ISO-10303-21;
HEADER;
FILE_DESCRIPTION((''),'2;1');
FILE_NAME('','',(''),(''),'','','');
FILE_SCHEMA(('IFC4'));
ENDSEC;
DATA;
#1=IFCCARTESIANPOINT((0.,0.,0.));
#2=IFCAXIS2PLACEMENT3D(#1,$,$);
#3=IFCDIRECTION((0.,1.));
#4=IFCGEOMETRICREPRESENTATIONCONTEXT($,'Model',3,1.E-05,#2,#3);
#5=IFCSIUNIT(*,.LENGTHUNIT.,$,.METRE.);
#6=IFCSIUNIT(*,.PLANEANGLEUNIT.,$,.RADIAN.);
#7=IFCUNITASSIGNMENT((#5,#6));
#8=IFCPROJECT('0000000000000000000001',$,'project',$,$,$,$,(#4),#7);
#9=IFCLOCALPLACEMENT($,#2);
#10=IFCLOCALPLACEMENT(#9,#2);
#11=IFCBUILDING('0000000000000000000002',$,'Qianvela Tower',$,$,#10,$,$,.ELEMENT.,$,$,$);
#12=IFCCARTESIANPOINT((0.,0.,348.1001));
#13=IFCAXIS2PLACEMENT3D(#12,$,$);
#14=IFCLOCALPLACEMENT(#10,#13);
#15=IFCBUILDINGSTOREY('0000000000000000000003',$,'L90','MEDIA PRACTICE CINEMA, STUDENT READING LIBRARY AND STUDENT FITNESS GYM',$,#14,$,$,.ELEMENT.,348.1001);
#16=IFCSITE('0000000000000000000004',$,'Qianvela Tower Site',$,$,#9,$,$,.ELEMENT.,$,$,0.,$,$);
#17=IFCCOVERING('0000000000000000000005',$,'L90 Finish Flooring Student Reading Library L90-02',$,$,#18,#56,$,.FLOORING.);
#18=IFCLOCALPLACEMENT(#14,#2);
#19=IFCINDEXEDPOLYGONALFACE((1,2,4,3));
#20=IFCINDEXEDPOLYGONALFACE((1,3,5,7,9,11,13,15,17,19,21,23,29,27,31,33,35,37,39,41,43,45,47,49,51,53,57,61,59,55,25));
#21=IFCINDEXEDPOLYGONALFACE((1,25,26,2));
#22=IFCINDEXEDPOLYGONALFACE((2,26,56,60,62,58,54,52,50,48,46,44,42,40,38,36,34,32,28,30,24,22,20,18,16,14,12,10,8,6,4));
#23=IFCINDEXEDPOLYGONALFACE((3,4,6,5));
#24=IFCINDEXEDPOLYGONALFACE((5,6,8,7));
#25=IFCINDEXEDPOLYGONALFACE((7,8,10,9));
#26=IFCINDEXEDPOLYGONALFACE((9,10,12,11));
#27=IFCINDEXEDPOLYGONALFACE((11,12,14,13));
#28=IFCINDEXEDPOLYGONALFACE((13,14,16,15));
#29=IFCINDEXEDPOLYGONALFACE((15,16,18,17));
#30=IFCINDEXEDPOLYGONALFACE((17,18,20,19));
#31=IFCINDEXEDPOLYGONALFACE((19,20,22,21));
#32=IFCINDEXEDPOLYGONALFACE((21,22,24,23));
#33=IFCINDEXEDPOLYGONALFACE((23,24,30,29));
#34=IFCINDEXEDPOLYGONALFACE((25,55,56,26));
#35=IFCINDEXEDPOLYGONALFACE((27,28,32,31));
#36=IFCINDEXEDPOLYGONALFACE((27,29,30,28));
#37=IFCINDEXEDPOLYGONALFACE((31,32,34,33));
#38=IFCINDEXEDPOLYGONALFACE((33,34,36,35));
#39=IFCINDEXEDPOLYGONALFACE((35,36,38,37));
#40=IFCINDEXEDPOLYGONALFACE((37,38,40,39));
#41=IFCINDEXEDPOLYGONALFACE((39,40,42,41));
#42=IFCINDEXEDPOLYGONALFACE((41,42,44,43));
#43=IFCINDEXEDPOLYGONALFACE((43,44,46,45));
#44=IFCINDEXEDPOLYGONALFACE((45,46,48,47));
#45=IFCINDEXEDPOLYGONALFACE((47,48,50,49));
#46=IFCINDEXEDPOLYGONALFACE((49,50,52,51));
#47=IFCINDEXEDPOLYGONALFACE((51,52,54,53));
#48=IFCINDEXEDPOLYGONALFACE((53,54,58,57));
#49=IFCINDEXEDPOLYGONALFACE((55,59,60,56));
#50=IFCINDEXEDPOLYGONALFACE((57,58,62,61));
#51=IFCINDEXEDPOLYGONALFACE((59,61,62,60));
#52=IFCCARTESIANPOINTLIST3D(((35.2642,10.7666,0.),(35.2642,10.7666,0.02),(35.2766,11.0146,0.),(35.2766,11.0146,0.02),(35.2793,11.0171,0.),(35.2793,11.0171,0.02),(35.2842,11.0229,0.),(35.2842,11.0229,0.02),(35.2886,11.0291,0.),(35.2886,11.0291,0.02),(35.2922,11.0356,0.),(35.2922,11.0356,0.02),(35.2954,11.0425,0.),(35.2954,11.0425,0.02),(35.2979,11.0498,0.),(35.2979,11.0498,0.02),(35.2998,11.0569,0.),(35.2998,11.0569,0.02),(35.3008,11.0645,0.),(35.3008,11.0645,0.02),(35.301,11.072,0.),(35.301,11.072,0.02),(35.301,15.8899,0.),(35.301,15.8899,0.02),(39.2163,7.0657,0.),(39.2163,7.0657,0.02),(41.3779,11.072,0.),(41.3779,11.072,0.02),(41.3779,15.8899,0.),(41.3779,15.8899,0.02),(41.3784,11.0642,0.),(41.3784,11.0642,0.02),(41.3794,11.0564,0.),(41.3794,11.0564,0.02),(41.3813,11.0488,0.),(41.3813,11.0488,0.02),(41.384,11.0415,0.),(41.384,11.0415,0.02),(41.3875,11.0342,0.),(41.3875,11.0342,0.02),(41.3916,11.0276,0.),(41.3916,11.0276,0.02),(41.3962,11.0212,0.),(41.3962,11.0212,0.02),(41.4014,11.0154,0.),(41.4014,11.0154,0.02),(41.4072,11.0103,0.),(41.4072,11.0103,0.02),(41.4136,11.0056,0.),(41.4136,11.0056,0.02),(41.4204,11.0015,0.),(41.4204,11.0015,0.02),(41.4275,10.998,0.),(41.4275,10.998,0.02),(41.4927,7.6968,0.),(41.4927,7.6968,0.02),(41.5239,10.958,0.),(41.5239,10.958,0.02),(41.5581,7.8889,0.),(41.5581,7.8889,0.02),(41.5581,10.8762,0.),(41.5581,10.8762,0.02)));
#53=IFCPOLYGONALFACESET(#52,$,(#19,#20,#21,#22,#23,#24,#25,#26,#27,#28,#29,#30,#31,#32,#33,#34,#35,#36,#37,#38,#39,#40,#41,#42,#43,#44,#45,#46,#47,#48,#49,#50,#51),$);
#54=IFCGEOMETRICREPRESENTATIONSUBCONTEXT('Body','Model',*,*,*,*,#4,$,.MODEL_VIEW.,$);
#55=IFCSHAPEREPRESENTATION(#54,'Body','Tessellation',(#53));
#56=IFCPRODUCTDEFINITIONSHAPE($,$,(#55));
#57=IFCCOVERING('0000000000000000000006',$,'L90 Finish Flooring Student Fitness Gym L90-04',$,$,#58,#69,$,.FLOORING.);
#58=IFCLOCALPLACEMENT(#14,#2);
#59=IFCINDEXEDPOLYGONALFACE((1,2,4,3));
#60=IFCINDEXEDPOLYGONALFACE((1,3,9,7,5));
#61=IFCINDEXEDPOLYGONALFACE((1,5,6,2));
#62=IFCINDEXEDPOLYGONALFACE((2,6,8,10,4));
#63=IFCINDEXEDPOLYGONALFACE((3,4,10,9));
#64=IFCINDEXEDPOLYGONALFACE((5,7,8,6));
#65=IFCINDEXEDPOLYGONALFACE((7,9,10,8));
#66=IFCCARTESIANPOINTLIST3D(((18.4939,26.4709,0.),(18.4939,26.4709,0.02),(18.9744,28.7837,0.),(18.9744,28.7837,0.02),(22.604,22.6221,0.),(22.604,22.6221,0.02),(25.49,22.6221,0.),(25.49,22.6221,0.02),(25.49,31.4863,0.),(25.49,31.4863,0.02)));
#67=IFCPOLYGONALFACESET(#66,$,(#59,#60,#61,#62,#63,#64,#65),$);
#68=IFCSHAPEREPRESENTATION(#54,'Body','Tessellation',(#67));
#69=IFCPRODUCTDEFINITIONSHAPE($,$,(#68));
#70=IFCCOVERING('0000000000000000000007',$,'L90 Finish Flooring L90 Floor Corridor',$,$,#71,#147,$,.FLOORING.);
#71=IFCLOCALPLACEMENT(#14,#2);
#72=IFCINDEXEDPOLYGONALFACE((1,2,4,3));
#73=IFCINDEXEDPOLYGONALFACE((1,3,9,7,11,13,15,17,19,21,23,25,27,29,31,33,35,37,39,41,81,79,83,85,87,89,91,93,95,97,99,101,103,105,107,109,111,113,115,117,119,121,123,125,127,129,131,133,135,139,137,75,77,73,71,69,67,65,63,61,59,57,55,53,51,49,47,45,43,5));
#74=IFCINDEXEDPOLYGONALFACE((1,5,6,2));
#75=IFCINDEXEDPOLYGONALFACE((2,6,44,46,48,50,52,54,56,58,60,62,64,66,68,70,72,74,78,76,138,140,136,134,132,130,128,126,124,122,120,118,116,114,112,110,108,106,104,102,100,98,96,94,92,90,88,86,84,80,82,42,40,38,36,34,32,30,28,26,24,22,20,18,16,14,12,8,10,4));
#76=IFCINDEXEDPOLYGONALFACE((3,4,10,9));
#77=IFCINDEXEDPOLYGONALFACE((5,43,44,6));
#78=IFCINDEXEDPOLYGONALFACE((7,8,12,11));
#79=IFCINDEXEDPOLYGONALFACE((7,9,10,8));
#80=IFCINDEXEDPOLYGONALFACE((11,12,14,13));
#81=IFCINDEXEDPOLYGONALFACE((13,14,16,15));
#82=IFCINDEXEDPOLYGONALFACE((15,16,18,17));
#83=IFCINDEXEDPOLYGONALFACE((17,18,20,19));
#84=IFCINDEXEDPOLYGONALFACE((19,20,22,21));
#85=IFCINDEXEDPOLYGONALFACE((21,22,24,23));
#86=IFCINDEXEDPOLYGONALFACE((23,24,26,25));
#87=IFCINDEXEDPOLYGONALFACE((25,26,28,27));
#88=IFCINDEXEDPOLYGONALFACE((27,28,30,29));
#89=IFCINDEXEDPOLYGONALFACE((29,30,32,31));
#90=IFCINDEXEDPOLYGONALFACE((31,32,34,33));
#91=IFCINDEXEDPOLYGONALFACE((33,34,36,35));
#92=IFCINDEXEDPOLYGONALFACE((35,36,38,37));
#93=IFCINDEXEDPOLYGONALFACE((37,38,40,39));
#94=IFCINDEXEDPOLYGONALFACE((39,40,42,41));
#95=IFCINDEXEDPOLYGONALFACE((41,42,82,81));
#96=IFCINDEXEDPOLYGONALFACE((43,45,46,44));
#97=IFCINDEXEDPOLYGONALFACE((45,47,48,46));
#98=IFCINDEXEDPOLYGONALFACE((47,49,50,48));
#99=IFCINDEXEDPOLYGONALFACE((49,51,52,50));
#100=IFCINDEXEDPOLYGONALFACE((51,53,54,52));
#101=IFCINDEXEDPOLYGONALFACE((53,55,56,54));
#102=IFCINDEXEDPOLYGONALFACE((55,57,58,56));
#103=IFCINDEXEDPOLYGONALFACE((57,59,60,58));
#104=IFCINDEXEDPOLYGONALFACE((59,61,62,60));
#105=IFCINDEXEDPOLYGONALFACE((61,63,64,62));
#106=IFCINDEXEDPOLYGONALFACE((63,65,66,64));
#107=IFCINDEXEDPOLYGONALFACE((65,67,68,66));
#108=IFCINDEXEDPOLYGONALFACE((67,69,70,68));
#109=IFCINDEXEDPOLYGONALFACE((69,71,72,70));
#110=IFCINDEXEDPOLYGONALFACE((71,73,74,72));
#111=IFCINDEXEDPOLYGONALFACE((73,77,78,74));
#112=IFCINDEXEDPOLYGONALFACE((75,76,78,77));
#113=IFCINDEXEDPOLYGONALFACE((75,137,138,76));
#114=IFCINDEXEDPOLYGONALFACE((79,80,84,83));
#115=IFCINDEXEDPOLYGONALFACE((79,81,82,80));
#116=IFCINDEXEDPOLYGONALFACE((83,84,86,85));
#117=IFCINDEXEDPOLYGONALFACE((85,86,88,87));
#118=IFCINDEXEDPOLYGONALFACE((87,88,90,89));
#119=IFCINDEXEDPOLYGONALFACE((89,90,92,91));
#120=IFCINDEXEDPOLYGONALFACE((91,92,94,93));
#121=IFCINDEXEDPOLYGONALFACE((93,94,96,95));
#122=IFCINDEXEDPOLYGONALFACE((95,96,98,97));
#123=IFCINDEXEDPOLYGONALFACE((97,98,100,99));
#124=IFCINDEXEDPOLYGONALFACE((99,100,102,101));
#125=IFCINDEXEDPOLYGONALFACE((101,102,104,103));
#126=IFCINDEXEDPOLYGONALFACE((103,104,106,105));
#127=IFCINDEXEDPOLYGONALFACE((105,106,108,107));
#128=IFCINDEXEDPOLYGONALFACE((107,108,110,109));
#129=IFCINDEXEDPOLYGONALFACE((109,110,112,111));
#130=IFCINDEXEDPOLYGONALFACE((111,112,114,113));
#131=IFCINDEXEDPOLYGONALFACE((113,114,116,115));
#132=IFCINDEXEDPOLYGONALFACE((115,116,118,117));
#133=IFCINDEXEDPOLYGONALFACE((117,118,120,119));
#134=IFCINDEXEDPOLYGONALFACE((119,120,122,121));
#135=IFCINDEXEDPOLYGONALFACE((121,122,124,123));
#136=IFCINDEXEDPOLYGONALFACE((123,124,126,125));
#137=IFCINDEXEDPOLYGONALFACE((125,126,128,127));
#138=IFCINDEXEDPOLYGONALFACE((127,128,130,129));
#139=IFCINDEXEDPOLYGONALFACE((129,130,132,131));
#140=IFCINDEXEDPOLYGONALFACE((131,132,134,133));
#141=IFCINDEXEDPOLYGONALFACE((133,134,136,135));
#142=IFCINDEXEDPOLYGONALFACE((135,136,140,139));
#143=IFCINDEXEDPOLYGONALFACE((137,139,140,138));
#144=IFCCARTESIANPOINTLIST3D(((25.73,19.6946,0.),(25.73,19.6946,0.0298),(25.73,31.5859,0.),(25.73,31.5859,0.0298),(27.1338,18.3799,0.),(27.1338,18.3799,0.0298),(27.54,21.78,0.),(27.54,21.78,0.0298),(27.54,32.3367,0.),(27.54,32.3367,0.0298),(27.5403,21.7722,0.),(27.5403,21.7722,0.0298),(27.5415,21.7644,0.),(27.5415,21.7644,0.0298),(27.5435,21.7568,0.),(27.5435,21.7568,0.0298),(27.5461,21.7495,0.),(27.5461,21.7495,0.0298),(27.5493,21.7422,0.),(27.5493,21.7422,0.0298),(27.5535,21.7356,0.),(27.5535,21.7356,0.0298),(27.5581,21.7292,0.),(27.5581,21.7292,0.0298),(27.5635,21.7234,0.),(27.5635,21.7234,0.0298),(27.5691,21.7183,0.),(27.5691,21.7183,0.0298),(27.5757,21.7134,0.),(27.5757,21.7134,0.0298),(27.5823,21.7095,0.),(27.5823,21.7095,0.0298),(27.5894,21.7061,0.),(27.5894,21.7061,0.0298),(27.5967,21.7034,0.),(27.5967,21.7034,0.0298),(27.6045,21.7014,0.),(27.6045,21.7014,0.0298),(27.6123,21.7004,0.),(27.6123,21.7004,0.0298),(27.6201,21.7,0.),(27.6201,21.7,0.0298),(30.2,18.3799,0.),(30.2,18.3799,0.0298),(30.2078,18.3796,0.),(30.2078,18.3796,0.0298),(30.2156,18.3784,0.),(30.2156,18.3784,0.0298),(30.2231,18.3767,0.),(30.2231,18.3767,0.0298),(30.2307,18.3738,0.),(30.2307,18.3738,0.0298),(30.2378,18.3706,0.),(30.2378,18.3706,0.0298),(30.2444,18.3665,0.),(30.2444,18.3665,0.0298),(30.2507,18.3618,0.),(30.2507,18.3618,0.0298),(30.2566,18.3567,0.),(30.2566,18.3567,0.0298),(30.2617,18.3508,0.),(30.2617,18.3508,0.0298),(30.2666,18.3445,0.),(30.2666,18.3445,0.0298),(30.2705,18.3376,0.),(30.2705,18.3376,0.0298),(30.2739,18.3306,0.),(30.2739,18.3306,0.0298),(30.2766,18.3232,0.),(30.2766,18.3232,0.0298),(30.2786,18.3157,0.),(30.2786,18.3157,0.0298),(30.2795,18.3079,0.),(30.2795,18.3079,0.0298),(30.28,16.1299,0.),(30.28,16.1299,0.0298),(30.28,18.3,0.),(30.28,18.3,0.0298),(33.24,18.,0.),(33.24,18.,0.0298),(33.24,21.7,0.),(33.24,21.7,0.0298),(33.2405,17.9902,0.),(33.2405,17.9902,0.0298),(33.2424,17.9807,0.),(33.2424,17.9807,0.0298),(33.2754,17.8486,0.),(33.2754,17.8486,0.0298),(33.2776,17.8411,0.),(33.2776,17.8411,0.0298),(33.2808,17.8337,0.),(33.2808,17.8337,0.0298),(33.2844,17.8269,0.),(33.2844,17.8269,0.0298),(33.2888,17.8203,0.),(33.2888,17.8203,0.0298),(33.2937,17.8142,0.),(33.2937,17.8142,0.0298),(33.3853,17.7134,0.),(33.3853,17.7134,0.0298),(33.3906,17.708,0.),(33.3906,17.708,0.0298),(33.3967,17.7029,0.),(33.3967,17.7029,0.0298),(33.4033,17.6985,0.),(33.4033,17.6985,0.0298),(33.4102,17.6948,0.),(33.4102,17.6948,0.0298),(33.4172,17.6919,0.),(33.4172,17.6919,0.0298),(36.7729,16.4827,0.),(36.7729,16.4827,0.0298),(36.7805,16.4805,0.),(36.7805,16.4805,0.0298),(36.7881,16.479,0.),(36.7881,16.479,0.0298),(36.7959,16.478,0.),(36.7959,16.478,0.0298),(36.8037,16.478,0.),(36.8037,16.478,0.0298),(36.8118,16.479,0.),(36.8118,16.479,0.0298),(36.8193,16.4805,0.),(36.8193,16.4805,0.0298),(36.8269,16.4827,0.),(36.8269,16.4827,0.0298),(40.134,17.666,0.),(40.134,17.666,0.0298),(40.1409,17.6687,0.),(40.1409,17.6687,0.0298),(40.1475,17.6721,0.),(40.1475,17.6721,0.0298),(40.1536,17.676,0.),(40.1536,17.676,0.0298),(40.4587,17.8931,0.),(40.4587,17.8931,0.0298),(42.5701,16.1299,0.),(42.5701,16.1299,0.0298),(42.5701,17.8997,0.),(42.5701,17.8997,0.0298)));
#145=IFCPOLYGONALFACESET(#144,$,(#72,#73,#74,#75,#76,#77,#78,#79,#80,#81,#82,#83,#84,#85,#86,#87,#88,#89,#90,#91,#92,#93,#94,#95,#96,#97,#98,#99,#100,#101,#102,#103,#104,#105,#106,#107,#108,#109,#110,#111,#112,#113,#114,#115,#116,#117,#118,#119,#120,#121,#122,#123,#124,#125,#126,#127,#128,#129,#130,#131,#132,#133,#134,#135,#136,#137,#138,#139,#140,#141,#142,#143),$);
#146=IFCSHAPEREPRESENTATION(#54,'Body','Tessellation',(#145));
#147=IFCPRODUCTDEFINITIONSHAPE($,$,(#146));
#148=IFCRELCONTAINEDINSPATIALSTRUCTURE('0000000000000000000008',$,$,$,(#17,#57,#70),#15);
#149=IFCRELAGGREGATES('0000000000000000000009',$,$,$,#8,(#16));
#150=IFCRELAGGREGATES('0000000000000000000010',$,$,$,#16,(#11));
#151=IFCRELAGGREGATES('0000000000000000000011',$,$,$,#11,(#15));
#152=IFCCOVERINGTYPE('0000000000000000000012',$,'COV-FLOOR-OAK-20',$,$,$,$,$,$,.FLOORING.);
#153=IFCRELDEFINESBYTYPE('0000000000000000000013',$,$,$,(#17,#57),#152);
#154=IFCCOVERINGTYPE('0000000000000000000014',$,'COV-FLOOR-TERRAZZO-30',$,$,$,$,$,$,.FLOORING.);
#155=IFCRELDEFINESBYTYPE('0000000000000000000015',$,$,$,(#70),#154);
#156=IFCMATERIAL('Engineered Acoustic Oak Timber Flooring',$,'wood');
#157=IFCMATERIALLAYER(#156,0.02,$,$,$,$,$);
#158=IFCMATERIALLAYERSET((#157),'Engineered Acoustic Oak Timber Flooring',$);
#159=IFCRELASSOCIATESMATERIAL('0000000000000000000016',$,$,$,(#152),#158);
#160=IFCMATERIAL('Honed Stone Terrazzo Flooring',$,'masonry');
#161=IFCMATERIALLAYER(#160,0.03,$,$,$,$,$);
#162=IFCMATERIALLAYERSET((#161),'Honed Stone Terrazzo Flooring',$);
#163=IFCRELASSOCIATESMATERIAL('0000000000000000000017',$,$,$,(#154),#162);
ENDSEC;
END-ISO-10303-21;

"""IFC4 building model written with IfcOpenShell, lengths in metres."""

from ifc_helpers import new_model, si_unit, direction, frame, origin, place, context, subcontext, project, spatial, polyline, outline, extrude, material, layer, layer_set, type_object, element, save


model = new_model("IFC4")

# Units and contexts
model_context = context("Model", 3, precision=1e-05, world=origin(), true_north=direction((0.0, 1.0)))
body_context = subcontext(model_context, "Body", "Model", "MODEL_VIEW")
ifc_project = project(units=[si_unit("LENGTHUNIT", "METRE"), si_unit("PLANEANGLEUNIT", "RADIAN")], contexts=[model_context])

# Site, building, storey
site_placement = place(None, origin())
site = spatial("IfcSite", under=ifc_project, at=site_placement, Name="Qianvela Tower Site", CompositionType="ELEMENT", RefElevation=0.0)
building_placement = place(site_placement, origin())
building = spatial("IfcBuilding", under=site, at=building_placement, Name="Qianvela Tower", CompositionType="ELEMENT")
storey_placement = place(building_placement, frame((0.0, 0.0, 348.1001)))
storey = spatial("IfcBuildingStorey", under=building, at=storey_placement, Name="L90", Description="MEDIA PRACTICE CINEMA, STUDENT READING LIBRARY AND STUDENT FITNESS GYM", CompositionType="ELEMENT", Elevation=348.1001)

# Coverings
ifc_material_1 = material(Name="Engineered Acoustic Oak Timber Flooring", Category="wood")
ifc_layer_1 = layer(ifc_material_1, 0.02)
ifc_layer_set_1 = layer_set([ifc_layer_1], Name="Engineered Acoustic Oak Timber Flooring")
covering_type_1 = type_object("IfcCoveringType", Name="COV-FLOOR-OAK-20", PredefinedType="FLOORING", material=ifc_layer_set_1)
covering_1_placement = place(storey_placement, origin())
element("IfcCovering", 1, at=covering_1_placement, inside=storey, type_object=covering_type_1, Name="L90 Finish Flooring Student Reading Library L90-02", PredefinedType="FLOORING", context=body_context, shape_type="SweptSolid", body=[
    extrude(outline(polyline([(35.2766, 11.0146), (35.2793, 11.0171), (35.2842, 11.0229), (35.2886, 11.0291), (35.2922, 11.0356), (35.2954, 11.0425), (35.2979, 11.0498), (35.2998, 11.0569), (35.3008, 11.0645), (35.301, 11.072), (35.301, 15.8899), (41.3779, 15.8899), (41.3779, 11.072), (41.3784, 11.0642), (41.3794, 11.0564), (41.3813, 11.0488), (41.384, 11.0415), (41.3875, 11.0342), (41.3916, 11.0276), (41.3962, 11.0212), (41.4014, 11.0154), (41.4072, 11.0103), (41.4136, 11.0056), (41.4204, 11.0015), (41.4275, 10.998), (41.5239, 10.958), (41.5581, 10.8762), (41.5581, 7.8889), (41.4927, 7.6968), (39.2163, 7.0657), (35.2642, 10.7666), (35.2766, 11.0146)])), origin(), (0.0, 0.0, 1.0), 0.02),
])
covering_2_placement = place(storey_placement, origin())
element("IfcCovering", 2, at=covering_2_placement, inside=storey, type_object=covering_type_1, Name="L90 Finish Flooring Student Fitness Gym L90-04", PredefinedType="FLOORING", context=body_context, shape_type="SweptSolid", body=[
    extrude(outline(polyline([(25.49, 31.4863), (25.49, 22.6221), (22.604, 22.6221), (18.4939, 26.4709), (18.9744, 28.7837), (25.49, 31.4863)])), origin(), (0.0, 0.0, 1.0), 0.02),
])
ifc_material_2 = material(Name="Honed Stone Terrazzo Flooring", Category="masonry")
ifc_layer_2 = layer(ifc_material_2, 0.03)
ifc_layer_set_2 = layer_set([ifc_layer_2], Name="Honed Stone Terrazzo Flooring")
covering_type_2 = type_object("IfcCoveringType", Name="COV-FLOOR-TERRAZZO-30", PredefinedType="FLOORING", material=ifc_layer_set_2)
covering_3_placement = place(storey_placement, origin())
element("IfcCovering", 3, at=covering_3_placement, inside=storey, type_object=covering_type_2, Name="L90 Finish Flooring L90 Floor Corridor", PredefinedType="FLOORING", context=body_context, shape_type="SweptSolid", body=[
    extrude(outline(polyline([(33.24, 21.7), (33.24, 18.0), (33.2405, 17.9902), (33.2424, 17.9807), (33.2754, 17.8486), (33.2776, 17.8411), (33.2808, 17.8337), (33.2844, 17.8269), (33.2888, 17.8203), (33.2937, 17.8142), (33.3853, 17.7134), (33.3906, 17.708), (33.3967, 17.7029), (33.4033, 17.6985), (33.4102, 17.6948), (33.4172, 17.6919), (36.7729, 16.4827), (36.7805, 16.4805), (36.7881, 16.479), (36.7959, 16.478), (36.8037, 16.478), (36.8118, 16.479), (36.8193, 16.4805), (36.8269, 16.4827), (40.134, 17.666), (40.1409, 17.6687), (40.1475, 17.6721), (40.1536, 17.676), (40.4587, 17.8931), (42.5701, 17.8997), (42.5701, 16.1299), (30.28, 16.1299), (30.28, 18.3), (30.2795, 18.3079), (30.2786, 18.3157), (30.2766, 18.3232), (30.2739, 18.3306), (30.2705, 18.3376), (30.2666, 18.3445), (30.2617, 18.3508), (30.2566, 18.3567), (30.2507, 18.3618), (30.2444, 18.3665), (30.2378, 18.3706), (30.2307, 18.3738), (30.2231, 18.3767), (30.2156, 18.3784), (30.2078, 18.3796), (30.2, 18.3799), (27.1338, 18.3799), (25.73, 19.6946), (25.73, 31.5859), (27.54, 32.3367), (27.54, 21.78), (27.5403, 21.7722), (27.5415, 21.7644), (27.5435, 21.7568), (27.5461, 21.7495), (27.5493, 21.7422), (27.5535, 21.7356), (27.5581, 21.7292), (27.5635, 21.7234), (27.5691, 21.7183), (27.5757, 21.7134), (27.5823, 21.7095), (27.5894, 21.7061), (27.5967, 21.7034), (27.6045, 21.7014), (27.6123, 21.7004), (27.6201, 21.7), (33.24, 21.7)])), origin(), (0.0, 0.0, 1.0), 0.0298),
])

save(model, "model.ifc")
